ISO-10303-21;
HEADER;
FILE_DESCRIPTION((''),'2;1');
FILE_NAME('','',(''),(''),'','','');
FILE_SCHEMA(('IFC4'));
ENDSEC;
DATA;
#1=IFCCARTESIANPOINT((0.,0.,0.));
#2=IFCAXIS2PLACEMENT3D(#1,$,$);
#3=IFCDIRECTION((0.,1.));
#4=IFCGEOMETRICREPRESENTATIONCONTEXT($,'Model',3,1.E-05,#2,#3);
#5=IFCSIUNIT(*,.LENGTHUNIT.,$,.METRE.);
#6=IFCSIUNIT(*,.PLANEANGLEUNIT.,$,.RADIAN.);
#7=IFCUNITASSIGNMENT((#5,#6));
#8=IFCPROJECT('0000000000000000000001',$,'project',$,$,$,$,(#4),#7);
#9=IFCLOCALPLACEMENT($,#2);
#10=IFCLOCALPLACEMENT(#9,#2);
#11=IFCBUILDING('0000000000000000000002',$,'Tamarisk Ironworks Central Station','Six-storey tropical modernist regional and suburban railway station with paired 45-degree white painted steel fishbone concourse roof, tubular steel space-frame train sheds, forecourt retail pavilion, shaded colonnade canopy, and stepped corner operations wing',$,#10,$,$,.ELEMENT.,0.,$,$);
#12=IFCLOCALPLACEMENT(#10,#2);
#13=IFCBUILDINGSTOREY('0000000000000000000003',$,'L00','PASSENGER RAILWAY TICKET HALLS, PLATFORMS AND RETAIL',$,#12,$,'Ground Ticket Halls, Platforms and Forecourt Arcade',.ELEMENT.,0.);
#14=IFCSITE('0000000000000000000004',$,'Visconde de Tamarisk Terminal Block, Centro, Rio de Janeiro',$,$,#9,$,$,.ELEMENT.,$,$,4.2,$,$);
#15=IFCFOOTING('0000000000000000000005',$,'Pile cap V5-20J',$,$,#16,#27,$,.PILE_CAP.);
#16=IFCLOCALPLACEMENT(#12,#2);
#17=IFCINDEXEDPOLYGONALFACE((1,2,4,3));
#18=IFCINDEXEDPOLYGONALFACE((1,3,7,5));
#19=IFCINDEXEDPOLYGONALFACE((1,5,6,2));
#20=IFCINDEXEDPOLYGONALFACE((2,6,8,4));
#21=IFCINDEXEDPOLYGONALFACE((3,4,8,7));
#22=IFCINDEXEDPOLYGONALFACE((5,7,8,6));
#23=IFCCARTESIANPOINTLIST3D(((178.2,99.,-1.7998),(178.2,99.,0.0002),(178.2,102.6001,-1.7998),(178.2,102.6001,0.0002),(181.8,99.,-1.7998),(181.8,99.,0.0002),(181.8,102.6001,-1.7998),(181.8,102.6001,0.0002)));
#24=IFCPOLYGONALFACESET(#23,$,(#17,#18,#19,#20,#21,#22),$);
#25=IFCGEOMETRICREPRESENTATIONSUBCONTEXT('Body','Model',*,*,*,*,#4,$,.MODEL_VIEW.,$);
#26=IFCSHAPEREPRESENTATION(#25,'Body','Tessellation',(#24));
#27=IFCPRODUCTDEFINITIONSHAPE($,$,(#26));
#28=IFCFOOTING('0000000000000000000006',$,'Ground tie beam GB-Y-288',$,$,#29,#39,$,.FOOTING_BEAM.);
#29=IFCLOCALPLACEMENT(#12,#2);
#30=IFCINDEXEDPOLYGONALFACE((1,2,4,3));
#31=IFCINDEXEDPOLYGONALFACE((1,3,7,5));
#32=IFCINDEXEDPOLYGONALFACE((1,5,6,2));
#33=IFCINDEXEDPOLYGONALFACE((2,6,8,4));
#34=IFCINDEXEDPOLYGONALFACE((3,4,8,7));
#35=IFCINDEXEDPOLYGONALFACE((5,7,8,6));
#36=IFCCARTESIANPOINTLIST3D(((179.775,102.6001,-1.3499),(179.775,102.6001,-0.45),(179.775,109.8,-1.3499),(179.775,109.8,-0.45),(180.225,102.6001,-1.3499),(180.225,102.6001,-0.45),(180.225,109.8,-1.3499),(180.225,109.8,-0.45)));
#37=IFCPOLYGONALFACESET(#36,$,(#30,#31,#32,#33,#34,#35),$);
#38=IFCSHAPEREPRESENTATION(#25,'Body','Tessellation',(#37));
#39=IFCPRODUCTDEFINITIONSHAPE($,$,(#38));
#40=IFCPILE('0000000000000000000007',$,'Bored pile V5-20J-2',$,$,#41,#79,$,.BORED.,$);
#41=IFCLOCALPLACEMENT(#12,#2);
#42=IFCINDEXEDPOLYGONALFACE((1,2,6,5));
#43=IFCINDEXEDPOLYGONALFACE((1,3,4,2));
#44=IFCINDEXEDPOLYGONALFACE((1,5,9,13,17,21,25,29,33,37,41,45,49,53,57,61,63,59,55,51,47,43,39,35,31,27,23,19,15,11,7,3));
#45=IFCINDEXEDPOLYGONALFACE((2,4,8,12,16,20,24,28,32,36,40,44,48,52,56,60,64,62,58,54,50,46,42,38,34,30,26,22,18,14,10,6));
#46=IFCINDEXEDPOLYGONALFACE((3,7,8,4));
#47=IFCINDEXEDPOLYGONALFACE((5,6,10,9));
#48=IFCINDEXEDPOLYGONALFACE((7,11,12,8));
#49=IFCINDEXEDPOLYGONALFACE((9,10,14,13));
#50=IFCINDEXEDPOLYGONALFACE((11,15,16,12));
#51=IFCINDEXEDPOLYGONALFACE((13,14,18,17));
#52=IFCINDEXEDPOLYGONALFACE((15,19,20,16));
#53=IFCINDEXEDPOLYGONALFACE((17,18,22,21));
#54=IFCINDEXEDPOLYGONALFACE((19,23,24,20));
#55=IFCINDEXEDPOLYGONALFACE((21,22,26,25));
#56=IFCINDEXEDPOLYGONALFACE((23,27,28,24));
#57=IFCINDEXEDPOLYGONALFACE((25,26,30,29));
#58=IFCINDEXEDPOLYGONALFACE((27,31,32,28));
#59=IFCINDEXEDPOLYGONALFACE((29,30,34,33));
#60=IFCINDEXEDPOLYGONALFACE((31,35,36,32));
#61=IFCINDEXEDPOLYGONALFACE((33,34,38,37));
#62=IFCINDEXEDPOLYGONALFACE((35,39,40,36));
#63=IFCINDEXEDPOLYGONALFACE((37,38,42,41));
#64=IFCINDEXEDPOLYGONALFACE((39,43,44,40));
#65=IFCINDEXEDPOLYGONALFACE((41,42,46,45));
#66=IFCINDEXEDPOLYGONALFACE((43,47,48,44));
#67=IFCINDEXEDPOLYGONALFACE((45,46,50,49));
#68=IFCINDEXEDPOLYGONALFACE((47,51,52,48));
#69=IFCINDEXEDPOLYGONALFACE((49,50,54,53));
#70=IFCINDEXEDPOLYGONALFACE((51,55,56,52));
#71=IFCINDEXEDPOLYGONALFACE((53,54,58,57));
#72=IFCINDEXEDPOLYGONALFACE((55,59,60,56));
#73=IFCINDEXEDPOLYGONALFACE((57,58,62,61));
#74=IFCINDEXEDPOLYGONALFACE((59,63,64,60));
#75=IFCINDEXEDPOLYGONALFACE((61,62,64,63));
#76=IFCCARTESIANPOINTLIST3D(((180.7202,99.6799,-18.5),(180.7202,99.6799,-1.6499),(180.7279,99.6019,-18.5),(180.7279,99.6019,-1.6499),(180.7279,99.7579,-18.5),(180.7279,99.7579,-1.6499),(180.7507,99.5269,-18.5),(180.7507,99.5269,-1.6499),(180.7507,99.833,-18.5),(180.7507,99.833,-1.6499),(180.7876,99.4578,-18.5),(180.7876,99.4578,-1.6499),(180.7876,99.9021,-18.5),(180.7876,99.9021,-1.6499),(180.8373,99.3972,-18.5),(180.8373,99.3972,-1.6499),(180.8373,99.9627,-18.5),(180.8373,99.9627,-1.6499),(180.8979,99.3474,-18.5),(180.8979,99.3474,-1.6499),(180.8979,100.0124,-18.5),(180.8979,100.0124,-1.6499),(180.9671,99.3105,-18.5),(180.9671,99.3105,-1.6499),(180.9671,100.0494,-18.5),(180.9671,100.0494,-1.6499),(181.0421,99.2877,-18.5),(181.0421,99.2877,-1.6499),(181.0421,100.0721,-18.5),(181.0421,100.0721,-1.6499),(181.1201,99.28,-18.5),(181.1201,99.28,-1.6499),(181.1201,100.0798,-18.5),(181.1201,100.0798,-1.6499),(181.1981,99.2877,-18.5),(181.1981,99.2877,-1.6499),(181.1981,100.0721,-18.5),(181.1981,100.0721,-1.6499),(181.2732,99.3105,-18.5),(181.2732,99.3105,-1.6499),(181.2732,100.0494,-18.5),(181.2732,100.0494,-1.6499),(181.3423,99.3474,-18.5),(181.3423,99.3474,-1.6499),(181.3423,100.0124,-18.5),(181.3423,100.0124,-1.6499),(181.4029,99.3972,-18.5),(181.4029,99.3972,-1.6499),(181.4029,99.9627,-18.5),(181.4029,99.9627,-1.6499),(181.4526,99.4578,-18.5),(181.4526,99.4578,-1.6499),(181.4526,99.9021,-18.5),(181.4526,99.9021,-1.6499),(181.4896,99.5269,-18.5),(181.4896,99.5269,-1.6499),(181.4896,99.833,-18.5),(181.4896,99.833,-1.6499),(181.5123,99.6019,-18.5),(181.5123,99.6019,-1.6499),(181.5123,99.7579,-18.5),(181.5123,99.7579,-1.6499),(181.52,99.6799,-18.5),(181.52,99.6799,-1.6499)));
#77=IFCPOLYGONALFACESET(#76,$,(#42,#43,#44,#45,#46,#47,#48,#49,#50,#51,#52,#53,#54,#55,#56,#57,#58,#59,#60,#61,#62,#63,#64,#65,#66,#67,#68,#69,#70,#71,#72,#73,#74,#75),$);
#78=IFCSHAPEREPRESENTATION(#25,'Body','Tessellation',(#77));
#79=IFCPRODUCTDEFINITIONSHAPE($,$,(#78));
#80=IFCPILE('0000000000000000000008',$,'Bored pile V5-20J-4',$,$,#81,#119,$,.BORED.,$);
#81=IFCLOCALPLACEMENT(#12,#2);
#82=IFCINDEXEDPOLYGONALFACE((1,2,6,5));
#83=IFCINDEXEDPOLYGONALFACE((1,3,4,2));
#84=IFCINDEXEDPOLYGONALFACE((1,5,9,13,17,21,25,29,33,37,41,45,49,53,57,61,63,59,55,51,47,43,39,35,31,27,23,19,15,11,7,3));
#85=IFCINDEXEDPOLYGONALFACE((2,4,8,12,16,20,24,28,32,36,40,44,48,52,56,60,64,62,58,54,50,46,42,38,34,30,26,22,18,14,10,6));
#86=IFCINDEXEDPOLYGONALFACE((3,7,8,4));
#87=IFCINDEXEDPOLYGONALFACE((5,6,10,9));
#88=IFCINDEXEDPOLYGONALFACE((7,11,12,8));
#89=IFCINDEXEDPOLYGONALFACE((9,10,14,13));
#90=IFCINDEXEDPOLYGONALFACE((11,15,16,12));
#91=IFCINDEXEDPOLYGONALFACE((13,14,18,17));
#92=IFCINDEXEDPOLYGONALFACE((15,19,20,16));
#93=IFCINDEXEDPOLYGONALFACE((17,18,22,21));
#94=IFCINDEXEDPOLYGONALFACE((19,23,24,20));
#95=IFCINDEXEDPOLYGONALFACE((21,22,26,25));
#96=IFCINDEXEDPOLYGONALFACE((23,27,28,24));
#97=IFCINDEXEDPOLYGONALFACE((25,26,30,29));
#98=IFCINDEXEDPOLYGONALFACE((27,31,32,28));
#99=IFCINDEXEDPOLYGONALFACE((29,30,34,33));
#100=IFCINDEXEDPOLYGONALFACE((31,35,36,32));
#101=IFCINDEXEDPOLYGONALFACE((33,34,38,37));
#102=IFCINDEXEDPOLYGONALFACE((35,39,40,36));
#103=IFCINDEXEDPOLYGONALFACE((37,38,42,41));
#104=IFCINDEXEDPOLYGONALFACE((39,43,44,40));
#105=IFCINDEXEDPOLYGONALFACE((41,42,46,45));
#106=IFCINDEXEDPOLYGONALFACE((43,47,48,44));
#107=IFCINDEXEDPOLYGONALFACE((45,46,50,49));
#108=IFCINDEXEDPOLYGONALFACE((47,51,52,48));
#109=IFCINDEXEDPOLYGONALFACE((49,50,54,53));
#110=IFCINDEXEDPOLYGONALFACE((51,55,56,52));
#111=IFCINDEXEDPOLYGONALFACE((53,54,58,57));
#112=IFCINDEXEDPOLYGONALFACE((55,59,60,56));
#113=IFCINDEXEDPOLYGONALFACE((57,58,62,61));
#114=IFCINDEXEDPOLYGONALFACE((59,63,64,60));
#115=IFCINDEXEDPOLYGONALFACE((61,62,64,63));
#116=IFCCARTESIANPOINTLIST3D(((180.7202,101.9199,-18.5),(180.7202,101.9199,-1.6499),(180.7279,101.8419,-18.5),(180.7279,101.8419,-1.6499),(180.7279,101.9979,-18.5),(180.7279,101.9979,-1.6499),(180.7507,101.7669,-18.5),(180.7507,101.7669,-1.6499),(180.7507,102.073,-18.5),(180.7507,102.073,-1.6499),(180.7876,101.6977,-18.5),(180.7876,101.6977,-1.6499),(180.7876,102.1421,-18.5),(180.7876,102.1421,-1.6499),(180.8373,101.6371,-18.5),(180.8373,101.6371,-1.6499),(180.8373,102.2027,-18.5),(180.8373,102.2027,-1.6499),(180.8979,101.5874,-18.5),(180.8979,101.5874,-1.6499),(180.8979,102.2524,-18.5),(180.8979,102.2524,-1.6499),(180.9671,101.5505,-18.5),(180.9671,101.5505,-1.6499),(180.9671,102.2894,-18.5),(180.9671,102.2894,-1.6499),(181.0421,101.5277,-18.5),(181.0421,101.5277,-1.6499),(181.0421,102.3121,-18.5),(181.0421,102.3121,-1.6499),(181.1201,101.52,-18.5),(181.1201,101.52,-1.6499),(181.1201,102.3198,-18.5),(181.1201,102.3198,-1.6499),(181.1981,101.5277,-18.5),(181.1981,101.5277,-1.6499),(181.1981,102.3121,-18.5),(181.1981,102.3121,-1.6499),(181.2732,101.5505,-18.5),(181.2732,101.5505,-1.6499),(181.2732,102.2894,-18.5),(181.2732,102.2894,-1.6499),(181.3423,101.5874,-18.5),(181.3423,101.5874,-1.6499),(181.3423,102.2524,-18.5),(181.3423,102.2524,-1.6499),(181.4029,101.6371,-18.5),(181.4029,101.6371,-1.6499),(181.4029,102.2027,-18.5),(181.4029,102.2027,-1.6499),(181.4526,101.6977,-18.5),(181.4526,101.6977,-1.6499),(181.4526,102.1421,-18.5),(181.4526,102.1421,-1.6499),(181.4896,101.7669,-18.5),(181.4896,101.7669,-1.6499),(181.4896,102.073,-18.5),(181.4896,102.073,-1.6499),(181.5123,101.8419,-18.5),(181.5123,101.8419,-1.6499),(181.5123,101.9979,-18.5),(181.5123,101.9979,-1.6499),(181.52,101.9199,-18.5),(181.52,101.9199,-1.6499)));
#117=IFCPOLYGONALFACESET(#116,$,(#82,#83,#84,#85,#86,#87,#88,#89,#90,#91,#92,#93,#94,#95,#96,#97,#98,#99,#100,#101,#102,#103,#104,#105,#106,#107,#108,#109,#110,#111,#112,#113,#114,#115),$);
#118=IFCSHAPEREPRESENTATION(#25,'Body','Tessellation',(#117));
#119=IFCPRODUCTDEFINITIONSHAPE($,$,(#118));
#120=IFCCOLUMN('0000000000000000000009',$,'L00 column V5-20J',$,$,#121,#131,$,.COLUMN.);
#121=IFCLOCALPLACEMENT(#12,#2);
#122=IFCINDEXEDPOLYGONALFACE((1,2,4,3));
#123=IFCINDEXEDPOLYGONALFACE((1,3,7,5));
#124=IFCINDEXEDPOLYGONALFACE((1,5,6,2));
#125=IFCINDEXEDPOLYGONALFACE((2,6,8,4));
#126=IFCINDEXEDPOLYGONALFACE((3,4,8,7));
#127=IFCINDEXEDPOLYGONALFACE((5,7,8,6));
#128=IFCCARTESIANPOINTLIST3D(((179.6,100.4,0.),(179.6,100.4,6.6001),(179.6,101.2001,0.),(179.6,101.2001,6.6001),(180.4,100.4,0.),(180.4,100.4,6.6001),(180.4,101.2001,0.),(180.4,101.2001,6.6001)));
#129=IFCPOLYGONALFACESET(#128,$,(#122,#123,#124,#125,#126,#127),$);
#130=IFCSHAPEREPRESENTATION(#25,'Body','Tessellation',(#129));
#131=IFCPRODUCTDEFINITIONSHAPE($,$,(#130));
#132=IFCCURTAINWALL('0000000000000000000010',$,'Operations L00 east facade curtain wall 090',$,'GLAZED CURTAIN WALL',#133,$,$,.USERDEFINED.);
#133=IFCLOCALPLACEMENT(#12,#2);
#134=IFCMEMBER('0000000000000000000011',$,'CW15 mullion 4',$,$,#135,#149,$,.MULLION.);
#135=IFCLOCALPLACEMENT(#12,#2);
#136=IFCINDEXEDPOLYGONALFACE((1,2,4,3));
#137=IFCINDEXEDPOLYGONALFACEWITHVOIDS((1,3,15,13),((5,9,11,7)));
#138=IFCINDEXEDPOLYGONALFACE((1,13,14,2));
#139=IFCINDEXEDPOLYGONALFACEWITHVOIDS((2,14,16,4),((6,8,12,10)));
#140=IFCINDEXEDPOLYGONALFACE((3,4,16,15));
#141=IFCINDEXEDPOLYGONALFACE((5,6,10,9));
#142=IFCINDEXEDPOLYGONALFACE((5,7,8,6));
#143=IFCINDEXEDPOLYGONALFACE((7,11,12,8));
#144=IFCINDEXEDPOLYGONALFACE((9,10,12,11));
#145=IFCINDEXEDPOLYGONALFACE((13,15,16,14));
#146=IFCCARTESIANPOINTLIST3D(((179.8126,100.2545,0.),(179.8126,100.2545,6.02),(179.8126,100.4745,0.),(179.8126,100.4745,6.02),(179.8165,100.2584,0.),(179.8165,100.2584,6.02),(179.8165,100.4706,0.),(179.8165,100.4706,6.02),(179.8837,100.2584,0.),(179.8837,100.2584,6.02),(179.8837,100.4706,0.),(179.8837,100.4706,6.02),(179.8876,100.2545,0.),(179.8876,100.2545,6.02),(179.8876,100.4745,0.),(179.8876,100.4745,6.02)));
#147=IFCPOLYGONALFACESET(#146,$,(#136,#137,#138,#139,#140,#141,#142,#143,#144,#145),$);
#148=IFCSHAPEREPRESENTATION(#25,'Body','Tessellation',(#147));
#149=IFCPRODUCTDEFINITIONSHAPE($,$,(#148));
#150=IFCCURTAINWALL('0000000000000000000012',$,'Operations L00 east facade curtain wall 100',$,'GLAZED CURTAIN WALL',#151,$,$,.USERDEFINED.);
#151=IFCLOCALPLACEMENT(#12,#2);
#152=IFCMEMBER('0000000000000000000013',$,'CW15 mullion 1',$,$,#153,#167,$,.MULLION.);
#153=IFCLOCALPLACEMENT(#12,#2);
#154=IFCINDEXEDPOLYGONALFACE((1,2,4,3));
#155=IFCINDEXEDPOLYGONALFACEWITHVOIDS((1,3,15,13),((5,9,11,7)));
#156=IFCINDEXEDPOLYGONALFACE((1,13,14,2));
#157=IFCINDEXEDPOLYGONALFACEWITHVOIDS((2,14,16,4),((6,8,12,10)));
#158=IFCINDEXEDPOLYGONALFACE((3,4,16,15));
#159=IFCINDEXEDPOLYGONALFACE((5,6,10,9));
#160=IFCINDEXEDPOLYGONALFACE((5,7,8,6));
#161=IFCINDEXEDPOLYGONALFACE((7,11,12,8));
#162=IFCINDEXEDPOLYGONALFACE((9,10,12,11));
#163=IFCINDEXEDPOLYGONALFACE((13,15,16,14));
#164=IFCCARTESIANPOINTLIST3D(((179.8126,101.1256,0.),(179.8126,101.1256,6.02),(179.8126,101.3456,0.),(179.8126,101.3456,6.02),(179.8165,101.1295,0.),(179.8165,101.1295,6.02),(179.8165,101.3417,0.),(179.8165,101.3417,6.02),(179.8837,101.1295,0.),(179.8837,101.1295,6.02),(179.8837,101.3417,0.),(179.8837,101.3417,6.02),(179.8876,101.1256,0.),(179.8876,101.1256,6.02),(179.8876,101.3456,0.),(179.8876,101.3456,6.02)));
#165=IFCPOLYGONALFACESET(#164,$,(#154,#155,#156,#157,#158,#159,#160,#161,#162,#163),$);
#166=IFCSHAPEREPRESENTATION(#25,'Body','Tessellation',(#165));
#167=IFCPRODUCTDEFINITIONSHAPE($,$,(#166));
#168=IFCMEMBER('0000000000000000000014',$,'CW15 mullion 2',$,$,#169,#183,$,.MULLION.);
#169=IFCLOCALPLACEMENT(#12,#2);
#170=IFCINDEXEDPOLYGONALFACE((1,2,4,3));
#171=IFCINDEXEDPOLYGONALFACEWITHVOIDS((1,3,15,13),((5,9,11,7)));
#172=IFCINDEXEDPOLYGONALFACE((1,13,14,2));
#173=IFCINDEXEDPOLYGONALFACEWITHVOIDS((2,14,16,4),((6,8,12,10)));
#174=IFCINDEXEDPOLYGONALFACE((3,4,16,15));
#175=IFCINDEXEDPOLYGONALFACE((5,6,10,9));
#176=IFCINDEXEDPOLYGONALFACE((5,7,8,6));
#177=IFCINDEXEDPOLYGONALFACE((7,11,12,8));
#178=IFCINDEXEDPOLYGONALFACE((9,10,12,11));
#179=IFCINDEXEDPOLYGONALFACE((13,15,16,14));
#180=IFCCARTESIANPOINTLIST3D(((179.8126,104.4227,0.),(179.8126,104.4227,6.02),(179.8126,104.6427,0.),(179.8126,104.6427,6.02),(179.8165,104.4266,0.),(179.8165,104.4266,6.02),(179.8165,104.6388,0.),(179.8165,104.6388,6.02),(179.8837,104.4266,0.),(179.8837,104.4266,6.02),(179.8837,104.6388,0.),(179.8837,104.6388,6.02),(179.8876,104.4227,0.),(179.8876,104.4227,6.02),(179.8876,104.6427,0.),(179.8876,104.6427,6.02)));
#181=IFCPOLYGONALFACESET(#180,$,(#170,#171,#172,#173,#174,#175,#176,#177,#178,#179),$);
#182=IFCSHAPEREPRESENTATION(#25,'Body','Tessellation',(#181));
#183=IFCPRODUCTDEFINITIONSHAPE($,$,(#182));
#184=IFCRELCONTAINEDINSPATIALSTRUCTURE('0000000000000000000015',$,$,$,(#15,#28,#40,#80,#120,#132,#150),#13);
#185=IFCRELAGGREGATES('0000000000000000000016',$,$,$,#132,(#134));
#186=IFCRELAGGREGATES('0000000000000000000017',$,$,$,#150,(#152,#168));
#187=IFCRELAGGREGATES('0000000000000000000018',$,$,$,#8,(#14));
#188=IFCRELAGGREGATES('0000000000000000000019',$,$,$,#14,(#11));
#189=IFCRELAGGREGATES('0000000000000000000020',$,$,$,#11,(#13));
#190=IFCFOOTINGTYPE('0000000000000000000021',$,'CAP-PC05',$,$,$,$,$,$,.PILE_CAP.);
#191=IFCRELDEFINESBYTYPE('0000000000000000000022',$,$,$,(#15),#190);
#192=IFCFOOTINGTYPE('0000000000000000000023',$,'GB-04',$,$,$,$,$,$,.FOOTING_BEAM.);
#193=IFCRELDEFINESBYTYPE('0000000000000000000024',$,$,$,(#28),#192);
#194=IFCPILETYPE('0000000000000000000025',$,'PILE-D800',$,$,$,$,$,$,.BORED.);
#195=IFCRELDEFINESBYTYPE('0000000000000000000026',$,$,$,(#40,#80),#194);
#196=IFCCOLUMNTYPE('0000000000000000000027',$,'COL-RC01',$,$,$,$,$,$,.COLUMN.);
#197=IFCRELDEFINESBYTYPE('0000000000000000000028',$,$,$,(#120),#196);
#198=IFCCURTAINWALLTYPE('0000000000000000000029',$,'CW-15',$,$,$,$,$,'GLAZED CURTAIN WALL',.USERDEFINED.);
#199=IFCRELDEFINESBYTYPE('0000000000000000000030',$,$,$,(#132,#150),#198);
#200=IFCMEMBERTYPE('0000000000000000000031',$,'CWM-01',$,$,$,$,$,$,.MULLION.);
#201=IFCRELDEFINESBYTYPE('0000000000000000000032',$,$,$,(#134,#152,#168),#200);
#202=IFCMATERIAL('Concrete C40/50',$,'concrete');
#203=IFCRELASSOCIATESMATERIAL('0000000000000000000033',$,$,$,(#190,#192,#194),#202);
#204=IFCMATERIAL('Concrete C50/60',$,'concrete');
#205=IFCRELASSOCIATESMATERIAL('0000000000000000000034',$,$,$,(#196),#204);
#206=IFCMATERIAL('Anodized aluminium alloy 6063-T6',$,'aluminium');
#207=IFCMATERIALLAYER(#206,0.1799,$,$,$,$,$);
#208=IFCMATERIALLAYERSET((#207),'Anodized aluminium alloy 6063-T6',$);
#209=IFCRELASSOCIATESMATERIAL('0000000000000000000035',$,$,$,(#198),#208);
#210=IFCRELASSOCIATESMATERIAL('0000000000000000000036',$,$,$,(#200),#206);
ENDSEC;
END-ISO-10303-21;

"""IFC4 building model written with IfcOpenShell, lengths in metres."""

from ifc_helpers import new_model, si_unit, direction, frame, origin, origin_2d, place, context, subcontext, project, spatial, rectangle, hollow_rectangle, circle, extrude, material, layer, layer_set, material_profile, profile_set, type_object, element, aggregate, save


model = new_model("IFC4")

# Units and contexts
model_context = context("Model", 3, precision=1e-05, world=origin(), true_north=direction((0.0, 1.0)))
body_context = subcontext(model_context, "Body", "Model", "MODEL_VIEW")
ifc_project = project(units=[si_unit("LENGTHUNIT", "METRE"), si_unit("PLANEANGLEUNIT", "RADIAN")], contexts=[model_context])

# Site, building, storey
site_placement = place(None, origin())
site = spatial("IfcSite", under=ifc_project, at=site_placement, Name="Visconde de Tamarisk Terminal Block, Centro, Rio de Janeiro", CompositionType="ELEMENT", RefElevation=4.2)
building_placement = place(site_placement, origin())
building = spatial("IfcBuilding", under=site, at=building_placement, Name="Tamarisk Ironworks Central Station", Description="Six-storey tropical modernist regional and suburban railway station with paired 45-degree white painted steel fishbone concourse roof, tubular steel space-frame train sheds, forecourt retail pavilion, shaded colonnade canopy, and stepped corner operations wing", CompositionType="ELEMENT", ElevationOfRefHeight=0.0)
storey_placement = place(building_placement, origin())
storey = spatial("IfcBuildingStorey", under=building, at=storey_placement, Name="L00", Description="PASSENGER RAILWAY TICKET HALLS, PLATFORMS AND RETAIL", LongName="Ground Ticket Halls, Platforms and Forecourt Arcade", CompositionType="ELEMENT", Elevation=0.0)

# Footings
ifc_material_1 = material(Name="Concrete C40/50", Category="concrete")
footing_type_1 = type_object("IfcFootingType", Name="CAP-PC05", PredefinedType="PILE_CAP", material=ifc_material_1)
footing_1_placement = place(storey_placement, frame((180.0, 100.8, -1.7998), z_axis=(0.0, 0.0, 1.0), x_axis=(1.0, 0.0, 0.0)))
element("IfcFooting", 1, at=footing_1_placement, inside=storey, type_object=footing_type_1, Name="Pile cap V5-20J", PredefinedType="PILE_CAP", context=body_context, shape_type="SweptSolid", body=[
    extrude(rectangle(XDim=3.6001, YDim=3.6001, at=origin_2d()), origin(), (0.0, 0.0, 1.0), 1.8),
])
ifc_material_profile_1 = material_profile(ifc_material_1, rectangle(XDim=0.45, YDim=0.8999, at=origin_2d()), Name="GB04 450x900")
ifc_profile_set_1 = profile_set([ifc_material_profile_1], Name="Concrete C40/50")
footing_type_2 = type_object("IfcFootingType", Name="GB-04", PredefinedType="FOOTING_BEAM", material=ifc_profile_set_1)
footing_2_placement = place(storey_placement, frame((180.0, 102.6001, -0.8999), z_axis=(0.0, 1.0, 0.0), x_axis=(-1.0, 0.0, 0.0)))
element("IfcFooting", 2, at=footing_2_placement, inside=storey, type_object=footing_type_2, Name="Ground tie beam GB-Y-288", PredefinedType="FOOTING_BEAM", context=body_context, shape_type="SweptSolid", body=[
    extrude(rectangle(XDim=0.45, YDim=0.8999, at=origin_2d()), origin(), (0.0, 0.0, 1.0), 7.2),
])

# Piles
ifc_material_profile_2 = material_profile(ifc_material_1, circle(Radius=0.3999, at=origin_2d()), Name="BORED PILE D800")
ifc_profile_set_2 = profile_set([ifc_material_profile_2], Name="Concrete C40/50")
pile_type = type_object("IfcPileType", Name="PILE-D800", PredefinedType="BORED", material=ifc_profile_set_2)
for number, where, z_axis, x_axis, name in (
    (3, (181.1201, 99.6799, -1.6499), (0.0, 0.0, -1.0), (1.0, 0.0, 0.0), "Bored pile V5-20J-2"),
    (4, (181.1201, 101.9199, -1.6499), (0.0, 0.0, -1.0), (1.0, 0.0, 0.0), "Bored pile V5-20J-4"),
):
    element("IfcPile", number, at=place(storey_placement, frame(where, z_axis=z_axis, x_axis=x_axis)), inside=storey, type_object=pile_type, Name=name, PredefinedType="BORED", context=body_context, shape_type="SweptSolid", body=[
        extrude(circle(Radius=0.3999, at=origin_2d()), origin(), (0.0, 0.0, 1.0), 16.8501),
    ])

# Column
ifc_material_2 = material(Name="Concrete C50/60", Category="concrete")
ifc_material_profile_3 = material_profile(ifc_material_2, rectangle(XDim=0.8, YDim=0.8, at=origin_2d()), Name="RC 800x800")
ifc_profile_set_3 = profile_set([ifc_material_profile_3], Name="Concrete C50/60")
column_type = type_object("IfcColumnType", Name="COL-RC01", PredefinedType="COLUMN", material=ifc_profile_set_3)
column_placement = place(storey_placement, frame((180.0, 100.8, 0.0), z_axis=(0.0, 0.0, 1.0), x_axis=(1.0, 0.0, 0.0)))
element("IfcColumn", 5, at=column_placement, inside=storey, type_object=column_type, Name="L00 column V5-20J", PredefinedType="COLUMN", context=body_context, shape_type="SweptSolid", body=[
    extrude(rectangle(XDim=0.8, YDim=0.8, at=origin_2d()), origin(), (0.0, 0.0, 1.0), 6.6001),
])

# Curtain wall, member
ifc_material_3 = material(Name="Anodized aluminium alloy 6063-T6", Category="aluminium")
ifc_layer_1 = layer(ifc_material_3, 0.1799)
ifc_layer_set_1 = layer_set([ifc_layer_1], Name="Anodized aluminium alloy 6063-T6")
curtain_wall_type = type_object("IfcCurtainWallType", Name="CW-15", ElementType="GLAZED CURTAIN WALL", PredefinedType="USERDEFINED", material=ifc_layer_set_1)
curtain_wall_1_placement = place(storey_placement, origin())
curtain_wall_1 = element("IfcCurtainWall", 6, at=curtain_wall_1_placement, inside=storey, type_object=curtain_wall_type, Name="Operations L00 east facade curtain wall 090", ObjectType="GLAZED CURTAIN WALL", PredefinedType="USERDEFINED")
ifc_material_profile_4 = material_profile(ifc_material_3, hollow_rectangle(XDim=0.075, YDim=0.22, WallThickness=0.0039, at=origin_2d()), Name="ALUM 220x75")
ifc_profile_set_4 = profile_set([ifc_material_profile_4], Name="Anodized aluminium alloy 6063-T6")
member_type_1 = type_object("IfcMemberType", Name="CWM-01", PredefinedType="MULLION", material=ifc_profile_set_4)
member_1_placement = place(storey_placement, frame((179.8501, 100.3645, 0.0), z_axis=(0.0, 0.0, 1.0), x_axis=(-1.0, 0.0, 0.0)))
member_1 = element("IfcMember", 7, at=member_1_placement, type_object=member_type_1, Name="CW15 mullion 4", PredefinedType="MULLION", context=body_context, shape_type="SweptSolid", body=[
    extrude(hollow_rectangle(XDim=0.075, YDim=0.22, WallThickness=0.0039, at=origin_2d()), origin(), (0.0, 0.0, 1.0), 6.02),
])

# Curtain wall, members
curtain_wall_2_placement = place(storey_placement, origin())
curtain_wall_2 = element("IfcCurtainWall", 8, at=curtain_wall_2_placement, inside=storey, type_object=curtain_wall_type, Name="Operations L00 east facade curtain wall 100", ObjectType="GLAZED CURTAIN WALL", PredefinedType="USERDEFINED")
member_2_placement = place(storey_placement, frame((179.8501, 101.2356, 0.0), z_axis=(0.0, 0.0, 1.0), x_axis=(-1.0, 0.0, 0.0)))
member_2 = element("IfcMember", 9, at=member_2_placement, type_object=member_type_1, Name="CW15 mullion 1", PredefinedType="MULLION", context=body_context, shape_type="SweptSolid", body=[
    extrude(hollow_rectangle(XDim=0.075, YDim=0.22, WallThickness=0.0039, at=origin_2d()), origin(), (0.0, 0.0, 1.0), 6.02),
])
member_3_placement = place(storey_placement, frame((179.8501, 104.5327, 0.0), z_axis=(0.0, 0.0, 1.0), x_axis=(-1.0, 0.0, 0.0)))
member_3 = element("IfcMember", 10, at=member_3_placement, type_object=member_type_1, Name="CW15 mullion 2", PredefinedType="MULLION", context=body_context, shape_type="SweptSolid", body=[
    extrude(hollow_rectangle(XDim=0.075, YDim=0.22, WallThickness=0.0039, at=origin_2d()), origin(), (0.0, 0.0, 1.0), 6.02),
])

aggregate(curtain_wall_1, [member_1])
aggregate(curtain_wall_2, [member_2, member_3])

save(model, "model.ifc")
